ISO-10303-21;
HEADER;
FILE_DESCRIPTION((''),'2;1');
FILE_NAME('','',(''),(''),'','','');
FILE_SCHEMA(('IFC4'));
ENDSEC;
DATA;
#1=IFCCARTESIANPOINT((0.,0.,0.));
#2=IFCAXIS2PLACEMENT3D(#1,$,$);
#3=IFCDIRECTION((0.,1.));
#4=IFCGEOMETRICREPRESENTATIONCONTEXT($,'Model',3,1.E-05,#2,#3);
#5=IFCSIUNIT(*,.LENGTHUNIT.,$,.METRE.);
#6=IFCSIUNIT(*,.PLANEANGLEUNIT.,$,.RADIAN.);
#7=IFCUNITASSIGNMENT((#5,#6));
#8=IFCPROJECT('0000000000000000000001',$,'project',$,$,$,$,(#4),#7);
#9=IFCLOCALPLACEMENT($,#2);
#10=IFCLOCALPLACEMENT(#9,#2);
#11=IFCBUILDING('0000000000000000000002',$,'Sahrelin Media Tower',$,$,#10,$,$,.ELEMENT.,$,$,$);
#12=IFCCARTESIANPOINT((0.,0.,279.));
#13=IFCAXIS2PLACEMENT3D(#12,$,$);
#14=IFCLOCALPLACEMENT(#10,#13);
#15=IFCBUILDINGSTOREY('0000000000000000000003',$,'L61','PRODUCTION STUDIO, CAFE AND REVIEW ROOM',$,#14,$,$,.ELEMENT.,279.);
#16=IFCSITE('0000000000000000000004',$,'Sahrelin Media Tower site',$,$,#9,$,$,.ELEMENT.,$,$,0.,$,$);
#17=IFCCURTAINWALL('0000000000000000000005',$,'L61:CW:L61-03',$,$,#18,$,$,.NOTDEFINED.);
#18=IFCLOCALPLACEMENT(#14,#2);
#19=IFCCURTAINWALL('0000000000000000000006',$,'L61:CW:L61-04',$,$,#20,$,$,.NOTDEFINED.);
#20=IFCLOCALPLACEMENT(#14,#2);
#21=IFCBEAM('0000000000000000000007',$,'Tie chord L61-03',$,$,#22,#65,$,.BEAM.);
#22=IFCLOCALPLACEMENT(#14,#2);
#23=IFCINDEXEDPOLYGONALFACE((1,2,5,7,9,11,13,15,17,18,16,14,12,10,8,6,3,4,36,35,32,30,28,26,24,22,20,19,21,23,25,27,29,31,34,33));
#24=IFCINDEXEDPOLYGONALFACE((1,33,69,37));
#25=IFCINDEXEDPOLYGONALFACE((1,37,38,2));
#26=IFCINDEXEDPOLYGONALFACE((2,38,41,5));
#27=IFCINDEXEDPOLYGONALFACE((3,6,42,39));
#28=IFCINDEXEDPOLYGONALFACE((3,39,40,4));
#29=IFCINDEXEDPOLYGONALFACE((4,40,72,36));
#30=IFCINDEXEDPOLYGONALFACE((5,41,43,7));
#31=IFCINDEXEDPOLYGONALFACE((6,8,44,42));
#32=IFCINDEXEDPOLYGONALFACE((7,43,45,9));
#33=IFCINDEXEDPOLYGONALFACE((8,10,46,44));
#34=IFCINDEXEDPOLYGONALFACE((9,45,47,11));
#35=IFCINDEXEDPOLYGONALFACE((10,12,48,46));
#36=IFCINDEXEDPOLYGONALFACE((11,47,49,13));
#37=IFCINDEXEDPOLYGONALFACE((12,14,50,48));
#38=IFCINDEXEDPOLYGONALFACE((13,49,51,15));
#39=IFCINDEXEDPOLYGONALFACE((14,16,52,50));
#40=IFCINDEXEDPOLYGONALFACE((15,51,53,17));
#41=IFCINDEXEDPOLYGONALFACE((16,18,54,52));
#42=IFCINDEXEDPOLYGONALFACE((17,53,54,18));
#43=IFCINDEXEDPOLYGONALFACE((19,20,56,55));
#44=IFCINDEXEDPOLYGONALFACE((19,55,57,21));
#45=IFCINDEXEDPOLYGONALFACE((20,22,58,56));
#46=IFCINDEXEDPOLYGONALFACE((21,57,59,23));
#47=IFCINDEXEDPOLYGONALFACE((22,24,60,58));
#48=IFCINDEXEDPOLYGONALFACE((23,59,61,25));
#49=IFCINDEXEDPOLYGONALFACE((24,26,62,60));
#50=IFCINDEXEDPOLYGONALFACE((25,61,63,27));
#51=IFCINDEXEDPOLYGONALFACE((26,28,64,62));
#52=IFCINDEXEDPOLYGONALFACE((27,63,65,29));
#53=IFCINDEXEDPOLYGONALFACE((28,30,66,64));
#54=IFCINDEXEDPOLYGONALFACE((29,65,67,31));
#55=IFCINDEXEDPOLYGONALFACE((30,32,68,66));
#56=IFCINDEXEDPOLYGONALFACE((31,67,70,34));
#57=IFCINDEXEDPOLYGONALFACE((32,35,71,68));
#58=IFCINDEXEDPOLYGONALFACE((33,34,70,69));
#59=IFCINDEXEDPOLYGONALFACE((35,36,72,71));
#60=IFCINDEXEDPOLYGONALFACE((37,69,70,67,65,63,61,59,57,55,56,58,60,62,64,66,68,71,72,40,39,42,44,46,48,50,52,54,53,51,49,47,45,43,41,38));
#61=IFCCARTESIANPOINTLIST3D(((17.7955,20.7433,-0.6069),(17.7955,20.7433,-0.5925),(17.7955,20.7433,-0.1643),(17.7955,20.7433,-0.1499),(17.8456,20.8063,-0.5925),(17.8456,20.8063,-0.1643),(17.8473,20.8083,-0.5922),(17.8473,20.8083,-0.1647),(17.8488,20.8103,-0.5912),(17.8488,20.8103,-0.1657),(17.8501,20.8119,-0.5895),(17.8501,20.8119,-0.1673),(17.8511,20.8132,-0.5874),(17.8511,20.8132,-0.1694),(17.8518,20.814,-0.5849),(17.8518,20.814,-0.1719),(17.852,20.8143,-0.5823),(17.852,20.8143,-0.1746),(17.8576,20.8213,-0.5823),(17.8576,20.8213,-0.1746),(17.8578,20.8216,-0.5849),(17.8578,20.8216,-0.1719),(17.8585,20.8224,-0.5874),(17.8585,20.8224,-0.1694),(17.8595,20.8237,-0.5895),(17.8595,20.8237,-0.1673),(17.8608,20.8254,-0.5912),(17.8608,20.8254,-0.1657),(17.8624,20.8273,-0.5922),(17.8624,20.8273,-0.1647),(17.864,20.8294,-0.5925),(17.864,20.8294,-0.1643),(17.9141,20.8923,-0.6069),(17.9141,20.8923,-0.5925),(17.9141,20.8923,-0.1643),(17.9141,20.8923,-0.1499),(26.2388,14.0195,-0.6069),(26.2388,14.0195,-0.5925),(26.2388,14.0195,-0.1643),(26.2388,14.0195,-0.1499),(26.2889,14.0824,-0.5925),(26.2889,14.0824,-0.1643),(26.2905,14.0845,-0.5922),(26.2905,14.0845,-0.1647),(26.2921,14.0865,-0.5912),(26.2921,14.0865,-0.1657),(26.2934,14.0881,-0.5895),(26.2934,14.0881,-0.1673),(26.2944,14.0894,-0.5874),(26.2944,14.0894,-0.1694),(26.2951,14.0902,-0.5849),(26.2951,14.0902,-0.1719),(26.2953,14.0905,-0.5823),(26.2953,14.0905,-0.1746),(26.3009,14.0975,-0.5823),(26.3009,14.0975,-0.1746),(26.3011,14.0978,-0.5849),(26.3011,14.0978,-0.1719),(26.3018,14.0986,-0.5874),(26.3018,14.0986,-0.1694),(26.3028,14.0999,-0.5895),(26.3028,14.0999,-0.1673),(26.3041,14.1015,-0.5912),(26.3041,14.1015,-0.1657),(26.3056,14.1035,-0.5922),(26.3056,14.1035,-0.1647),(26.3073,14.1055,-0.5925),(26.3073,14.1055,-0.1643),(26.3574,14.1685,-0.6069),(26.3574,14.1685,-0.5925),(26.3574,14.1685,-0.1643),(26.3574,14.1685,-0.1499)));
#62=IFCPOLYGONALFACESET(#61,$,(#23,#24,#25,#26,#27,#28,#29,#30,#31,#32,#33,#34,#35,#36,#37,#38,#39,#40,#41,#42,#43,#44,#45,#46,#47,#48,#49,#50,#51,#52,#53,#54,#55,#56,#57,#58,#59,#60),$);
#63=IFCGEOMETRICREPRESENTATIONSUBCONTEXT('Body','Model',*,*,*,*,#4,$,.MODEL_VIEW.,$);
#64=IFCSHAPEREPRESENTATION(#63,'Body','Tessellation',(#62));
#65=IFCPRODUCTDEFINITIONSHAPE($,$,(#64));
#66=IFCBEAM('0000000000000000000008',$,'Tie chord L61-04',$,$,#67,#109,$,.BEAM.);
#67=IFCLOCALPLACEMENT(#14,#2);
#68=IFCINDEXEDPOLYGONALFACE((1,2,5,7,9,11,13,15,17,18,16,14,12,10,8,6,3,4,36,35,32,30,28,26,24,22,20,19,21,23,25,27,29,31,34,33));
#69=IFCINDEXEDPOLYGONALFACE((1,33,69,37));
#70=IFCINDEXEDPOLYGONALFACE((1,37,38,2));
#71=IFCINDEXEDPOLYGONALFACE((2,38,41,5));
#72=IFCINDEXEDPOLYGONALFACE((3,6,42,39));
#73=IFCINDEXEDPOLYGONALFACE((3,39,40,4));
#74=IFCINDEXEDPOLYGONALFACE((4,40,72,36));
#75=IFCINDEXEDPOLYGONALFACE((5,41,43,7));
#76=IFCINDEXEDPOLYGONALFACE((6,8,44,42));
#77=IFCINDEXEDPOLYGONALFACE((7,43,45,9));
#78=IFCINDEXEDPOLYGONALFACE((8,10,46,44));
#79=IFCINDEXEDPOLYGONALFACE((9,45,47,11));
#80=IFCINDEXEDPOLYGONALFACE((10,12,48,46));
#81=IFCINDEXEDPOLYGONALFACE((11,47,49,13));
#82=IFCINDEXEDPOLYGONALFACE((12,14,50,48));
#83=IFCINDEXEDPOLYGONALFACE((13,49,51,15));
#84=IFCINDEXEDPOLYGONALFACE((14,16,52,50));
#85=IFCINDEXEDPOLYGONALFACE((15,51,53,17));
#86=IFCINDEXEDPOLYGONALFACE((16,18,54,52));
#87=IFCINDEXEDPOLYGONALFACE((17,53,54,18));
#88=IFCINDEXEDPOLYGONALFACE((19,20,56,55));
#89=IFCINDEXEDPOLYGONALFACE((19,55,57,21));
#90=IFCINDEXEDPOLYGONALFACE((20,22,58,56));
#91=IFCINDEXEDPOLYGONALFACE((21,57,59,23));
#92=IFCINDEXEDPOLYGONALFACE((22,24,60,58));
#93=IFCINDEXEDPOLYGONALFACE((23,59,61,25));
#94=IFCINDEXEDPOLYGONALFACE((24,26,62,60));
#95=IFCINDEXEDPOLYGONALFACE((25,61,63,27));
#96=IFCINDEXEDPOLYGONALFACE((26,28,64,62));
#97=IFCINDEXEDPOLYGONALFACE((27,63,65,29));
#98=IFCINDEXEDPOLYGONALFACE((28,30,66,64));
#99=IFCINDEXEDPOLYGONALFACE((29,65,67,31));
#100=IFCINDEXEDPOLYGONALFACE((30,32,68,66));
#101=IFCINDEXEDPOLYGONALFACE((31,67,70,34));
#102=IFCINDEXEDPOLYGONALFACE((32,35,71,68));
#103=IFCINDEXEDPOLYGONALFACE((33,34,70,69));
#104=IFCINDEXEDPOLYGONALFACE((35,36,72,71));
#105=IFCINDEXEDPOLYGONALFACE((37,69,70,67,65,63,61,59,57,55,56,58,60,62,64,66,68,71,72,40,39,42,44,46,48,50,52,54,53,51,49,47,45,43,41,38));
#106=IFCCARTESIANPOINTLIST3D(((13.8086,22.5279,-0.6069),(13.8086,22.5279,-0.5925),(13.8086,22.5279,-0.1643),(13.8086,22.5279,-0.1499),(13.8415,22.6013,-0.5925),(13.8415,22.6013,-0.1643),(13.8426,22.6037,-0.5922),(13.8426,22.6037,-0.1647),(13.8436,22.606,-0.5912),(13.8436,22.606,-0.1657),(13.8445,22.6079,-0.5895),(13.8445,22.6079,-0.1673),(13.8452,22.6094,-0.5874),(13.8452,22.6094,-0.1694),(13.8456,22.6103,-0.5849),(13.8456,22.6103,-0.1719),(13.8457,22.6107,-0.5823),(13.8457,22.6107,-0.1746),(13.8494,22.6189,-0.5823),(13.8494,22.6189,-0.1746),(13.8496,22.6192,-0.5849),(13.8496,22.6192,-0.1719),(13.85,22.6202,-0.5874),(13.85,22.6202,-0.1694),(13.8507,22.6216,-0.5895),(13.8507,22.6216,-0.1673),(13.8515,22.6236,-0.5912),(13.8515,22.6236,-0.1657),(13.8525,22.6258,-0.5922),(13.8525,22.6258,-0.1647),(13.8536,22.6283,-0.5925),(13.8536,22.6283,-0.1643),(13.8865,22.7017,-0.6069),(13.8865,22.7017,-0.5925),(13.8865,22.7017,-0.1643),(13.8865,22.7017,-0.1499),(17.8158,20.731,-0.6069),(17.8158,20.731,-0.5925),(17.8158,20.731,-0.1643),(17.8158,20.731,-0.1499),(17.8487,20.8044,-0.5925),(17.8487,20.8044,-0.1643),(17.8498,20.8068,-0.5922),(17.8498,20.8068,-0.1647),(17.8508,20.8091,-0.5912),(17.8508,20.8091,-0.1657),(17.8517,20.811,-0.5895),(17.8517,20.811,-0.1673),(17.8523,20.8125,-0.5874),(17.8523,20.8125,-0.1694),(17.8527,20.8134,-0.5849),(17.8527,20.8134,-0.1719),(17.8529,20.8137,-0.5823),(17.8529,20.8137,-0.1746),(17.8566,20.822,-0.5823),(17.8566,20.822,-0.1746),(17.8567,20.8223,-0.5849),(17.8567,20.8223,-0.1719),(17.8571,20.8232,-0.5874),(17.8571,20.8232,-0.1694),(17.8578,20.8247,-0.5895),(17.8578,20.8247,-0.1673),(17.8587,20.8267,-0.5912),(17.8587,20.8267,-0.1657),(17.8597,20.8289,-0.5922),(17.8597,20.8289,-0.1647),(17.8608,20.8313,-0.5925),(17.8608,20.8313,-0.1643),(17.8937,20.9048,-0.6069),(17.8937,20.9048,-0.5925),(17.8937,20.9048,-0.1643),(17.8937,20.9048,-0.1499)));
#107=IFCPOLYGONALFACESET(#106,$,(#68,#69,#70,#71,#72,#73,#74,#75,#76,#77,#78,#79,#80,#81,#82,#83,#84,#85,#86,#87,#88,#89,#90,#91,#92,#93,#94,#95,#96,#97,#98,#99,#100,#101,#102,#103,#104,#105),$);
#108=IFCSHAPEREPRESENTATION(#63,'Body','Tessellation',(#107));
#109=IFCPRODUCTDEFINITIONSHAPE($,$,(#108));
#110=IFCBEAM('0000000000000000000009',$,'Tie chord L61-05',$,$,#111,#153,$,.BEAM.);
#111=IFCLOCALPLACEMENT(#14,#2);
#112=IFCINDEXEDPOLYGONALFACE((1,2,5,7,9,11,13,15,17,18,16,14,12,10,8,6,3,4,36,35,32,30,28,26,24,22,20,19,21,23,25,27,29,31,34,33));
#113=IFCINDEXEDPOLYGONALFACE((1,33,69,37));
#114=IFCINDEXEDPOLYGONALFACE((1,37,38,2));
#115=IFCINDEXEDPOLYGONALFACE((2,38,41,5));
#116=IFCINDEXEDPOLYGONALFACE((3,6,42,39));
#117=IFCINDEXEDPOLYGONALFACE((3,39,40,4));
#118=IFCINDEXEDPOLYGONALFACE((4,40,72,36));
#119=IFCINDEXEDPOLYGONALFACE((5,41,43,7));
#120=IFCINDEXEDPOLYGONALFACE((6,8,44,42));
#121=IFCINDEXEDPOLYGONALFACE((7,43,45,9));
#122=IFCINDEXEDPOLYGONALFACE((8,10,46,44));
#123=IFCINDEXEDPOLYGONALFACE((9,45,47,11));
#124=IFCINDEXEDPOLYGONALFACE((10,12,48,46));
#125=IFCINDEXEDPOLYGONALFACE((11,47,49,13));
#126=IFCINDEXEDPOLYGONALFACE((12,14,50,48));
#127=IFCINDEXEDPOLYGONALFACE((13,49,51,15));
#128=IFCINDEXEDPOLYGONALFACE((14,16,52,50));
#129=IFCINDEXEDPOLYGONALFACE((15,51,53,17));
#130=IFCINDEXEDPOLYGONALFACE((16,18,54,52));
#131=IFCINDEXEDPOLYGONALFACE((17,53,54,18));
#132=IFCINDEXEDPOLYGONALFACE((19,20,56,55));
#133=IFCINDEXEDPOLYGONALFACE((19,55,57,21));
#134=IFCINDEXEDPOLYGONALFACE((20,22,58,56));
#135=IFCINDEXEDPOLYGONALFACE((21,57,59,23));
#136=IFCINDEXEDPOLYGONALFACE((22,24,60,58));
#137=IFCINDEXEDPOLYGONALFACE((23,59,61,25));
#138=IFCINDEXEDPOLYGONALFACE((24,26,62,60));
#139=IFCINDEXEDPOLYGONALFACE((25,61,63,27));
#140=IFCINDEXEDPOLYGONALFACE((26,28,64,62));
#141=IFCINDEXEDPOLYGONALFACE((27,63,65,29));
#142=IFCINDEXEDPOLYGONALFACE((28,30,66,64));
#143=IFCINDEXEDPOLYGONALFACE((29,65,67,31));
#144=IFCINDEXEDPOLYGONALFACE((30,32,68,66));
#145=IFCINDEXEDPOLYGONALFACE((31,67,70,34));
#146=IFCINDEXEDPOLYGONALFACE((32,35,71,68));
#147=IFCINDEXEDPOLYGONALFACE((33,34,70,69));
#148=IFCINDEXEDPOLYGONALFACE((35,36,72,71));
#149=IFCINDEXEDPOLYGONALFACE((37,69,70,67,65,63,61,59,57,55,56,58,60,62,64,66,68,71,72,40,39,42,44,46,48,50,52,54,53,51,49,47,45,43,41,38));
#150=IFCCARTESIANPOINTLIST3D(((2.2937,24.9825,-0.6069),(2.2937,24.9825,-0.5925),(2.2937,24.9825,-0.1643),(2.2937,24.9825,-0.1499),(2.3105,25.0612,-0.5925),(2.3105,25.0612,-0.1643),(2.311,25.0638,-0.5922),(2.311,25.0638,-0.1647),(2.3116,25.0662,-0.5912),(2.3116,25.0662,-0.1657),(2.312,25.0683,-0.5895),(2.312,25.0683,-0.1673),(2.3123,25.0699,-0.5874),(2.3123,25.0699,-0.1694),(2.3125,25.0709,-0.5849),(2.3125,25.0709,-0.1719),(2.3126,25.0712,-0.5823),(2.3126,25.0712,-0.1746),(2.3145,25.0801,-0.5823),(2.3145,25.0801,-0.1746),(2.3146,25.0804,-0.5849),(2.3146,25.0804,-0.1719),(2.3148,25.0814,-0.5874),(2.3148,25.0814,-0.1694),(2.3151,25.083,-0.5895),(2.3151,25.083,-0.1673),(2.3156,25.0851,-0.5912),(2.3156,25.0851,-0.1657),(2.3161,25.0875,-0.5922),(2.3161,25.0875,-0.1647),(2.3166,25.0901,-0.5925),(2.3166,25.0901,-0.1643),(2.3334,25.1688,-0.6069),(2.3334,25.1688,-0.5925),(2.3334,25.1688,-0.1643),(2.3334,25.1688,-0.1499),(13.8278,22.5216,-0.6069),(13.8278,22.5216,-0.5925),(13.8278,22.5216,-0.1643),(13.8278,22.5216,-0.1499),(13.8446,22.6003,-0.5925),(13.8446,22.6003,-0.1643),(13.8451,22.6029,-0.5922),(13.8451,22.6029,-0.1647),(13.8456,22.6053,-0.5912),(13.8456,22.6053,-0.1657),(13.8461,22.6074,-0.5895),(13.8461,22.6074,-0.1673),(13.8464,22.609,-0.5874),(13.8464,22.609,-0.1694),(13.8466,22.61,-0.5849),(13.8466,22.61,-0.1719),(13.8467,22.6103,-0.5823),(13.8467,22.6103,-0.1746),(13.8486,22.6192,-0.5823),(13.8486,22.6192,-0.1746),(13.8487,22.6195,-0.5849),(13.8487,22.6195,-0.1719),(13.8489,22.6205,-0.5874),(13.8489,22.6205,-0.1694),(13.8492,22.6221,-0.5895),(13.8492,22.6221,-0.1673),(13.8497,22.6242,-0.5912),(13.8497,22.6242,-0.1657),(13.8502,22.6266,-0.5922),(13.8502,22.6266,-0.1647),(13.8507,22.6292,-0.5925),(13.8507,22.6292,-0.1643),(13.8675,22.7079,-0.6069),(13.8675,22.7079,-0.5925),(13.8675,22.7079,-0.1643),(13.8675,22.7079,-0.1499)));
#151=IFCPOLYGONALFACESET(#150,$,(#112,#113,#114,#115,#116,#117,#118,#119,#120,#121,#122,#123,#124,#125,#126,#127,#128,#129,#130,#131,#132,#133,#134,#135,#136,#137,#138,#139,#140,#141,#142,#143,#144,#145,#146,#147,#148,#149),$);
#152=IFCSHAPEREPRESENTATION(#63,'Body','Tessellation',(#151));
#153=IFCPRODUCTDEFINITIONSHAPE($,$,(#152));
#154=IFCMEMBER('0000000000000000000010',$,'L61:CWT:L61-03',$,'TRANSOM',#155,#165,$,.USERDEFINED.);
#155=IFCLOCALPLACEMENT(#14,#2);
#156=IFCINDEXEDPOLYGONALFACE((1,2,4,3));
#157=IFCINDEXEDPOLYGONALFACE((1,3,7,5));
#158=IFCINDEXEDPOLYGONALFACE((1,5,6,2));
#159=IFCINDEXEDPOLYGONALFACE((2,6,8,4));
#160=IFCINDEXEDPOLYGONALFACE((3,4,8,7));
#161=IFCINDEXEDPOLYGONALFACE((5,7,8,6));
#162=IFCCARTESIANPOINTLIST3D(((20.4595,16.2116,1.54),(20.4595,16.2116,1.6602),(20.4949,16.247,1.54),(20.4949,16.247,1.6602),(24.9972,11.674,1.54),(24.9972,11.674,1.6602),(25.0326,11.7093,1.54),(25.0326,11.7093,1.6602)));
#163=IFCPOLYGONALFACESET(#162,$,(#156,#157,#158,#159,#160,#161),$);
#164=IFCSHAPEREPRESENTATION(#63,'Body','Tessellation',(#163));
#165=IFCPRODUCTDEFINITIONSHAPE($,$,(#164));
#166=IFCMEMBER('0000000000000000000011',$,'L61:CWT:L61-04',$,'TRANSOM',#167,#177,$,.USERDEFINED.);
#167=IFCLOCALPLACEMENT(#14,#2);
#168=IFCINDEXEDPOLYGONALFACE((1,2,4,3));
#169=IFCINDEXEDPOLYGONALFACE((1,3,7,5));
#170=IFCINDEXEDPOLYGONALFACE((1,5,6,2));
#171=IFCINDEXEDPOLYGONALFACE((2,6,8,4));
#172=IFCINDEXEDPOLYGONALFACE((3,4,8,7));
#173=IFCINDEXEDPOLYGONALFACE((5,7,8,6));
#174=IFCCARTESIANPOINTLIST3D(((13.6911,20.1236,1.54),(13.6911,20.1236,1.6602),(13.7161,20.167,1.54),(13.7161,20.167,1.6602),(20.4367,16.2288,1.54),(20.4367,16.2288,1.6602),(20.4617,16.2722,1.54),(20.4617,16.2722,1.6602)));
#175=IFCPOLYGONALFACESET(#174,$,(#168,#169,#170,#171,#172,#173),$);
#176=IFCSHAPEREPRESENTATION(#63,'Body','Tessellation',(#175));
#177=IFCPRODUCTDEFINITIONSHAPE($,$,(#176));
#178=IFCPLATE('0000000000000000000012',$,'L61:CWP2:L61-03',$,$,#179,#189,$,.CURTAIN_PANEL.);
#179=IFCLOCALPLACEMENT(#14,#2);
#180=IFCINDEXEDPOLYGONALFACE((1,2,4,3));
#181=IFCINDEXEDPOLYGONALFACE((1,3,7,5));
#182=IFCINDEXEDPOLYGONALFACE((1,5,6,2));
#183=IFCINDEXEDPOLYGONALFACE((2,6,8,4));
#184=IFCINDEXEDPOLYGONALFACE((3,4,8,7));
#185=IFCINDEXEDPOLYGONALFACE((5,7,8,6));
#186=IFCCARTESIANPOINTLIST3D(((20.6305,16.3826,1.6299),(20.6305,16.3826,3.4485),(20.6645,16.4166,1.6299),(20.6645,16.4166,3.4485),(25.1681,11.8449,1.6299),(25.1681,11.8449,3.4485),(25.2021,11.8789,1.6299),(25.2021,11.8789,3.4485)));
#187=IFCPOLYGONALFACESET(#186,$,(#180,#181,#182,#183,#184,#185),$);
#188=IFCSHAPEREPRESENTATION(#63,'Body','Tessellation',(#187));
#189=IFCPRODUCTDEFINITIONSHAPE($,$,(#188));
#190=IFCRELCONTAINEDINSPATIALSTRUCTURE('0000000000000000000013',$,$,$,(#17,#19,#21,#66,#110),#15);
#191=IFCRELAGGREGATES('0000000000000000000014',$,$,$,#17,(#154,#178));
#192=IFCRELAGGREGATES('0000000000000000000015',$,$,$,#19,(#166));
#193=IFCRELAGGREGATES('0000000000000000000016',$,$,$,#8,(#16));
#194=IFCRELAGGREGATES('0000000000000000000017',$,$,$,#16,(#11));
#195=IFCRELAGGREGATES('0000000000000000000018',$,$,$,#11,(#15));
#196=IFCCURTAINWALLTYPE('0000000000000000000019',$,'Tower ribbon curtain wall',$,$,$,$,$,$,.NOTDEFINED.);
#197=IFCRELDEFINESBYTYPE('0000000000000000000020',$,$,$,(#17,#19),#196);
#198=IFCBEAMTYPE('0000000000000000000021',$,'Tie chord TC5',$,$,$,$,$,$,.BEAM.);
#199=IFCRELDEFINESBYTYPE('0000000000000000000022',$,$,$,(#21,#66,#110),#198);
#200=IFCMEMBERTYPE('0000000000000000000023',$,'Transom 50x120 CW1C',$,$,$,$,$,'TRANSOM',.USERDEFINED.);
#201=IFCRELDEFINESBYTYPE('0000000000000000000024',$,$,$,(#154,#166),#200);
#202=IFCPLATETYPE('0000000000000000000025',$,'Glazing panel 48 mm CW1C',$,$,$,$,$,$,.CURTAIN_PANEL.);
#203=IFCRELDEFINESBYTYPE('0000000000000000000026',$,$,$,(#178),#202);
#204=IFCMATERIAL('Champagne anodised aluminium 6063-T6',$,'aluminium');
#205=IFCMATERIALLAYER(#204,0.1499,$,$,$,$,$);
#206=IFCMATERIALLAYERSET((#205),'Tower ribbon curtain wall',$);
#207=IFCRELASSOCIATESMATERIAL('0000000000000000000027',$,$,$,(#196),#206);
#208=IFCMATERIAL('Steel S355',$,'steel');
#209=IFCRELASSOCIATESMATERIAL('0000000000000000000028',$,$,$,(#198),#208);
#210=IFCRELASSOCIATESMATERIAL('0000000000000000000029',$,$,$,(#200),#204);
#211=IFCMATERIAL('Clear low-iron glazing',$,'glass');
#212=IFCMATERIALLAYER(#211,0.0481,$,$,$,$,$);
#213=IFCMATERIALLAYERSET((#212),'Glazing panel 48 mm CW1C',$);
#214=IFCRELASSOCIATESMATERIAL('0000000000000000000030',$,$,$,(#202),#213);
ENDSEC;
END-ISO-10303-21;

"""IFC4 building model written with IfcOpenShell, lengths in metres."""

from ifc_helpers import new_model, si_unit, direction, frame, origin, origin_2d, place, context, subcontext, project, spatial, polyline, rectangle, i_section, outline, extrude, material, layer, layer_set, material_profile, profile_set, type_object, element, aggregate, save


model = new_model("IFC4")

# Units and contexts
model_context = context("Model", 3, precision=1e-05, world=origin(), true_north=direction((0.0, 1.0)))
body_context = subcontext(model_context, "Body", "Model", "MODEL_VIEW")
ifc_project = project(units=[si_unit("LENGTHUNIT", "METRE"), si_unit("PLANEANGLEUNIT", "RADIAN")], contexts=[model_context])

# Site, building, storey
site_placement = place(None, origin())
site = spatial("IfcSite", under=ifc_project, at=site_placement, Name="Sahrelin Media Tower site", CompositionType="ELEMENT", RefElevation=0.0)
building_placement = place(site_placement, origin())
building = spatial("IfcBuilding", under=site, at=building_placement, Name="Sahrelin Media Tower", CompositionType="ELEMENT")
storey_placement = place(building_placement, frame((0.0, 0.0, 279.0)))
storey = spatial("IfcBuildingStorey", under=building, at=storey_placement, Name="L61", Description="PRODUCTION STUDIO, CAFE AND REVIEW ROOM", CompositionType="ELEMENT", Elevation=279.0)

# Shared definitions
ifc_material_1 = material(Name="Steel S355", Category="steel")

# Curtain walls
ifc_material_2 = material(Name="Champagne anodised aluminium 6063-T6", Category="aluminium")
ifc_layer_1 = layer(ifc_material_2, 0.1499)
ifc_layer_set_1 = layer_set([ifc_layer_1], Name="Tower ribbon curtain wall")
curtain_wall_type = type_object("IfcCurtainWallType", Name="Tower ribbon curtain wall", PredefinedType="NOTDEFINED", material=ifc_layer_set_1)
curtain_wall_1_placement = place(storey_placement, frame((22.9192, 14.1335, 0.0), z_axis=(0.0, 0.0, 1.0), x_axis=(1.0, 0.0, 0.0)))
curtain_wall_1 = element("IfcCurtainWall", 1, at=curtain_wall_1_placement, inside=storey, type_object=curtain_wall_type, Name="L61:CW:L61-03", PredefinedType="NOTDEFINED")
curtain_wall_2_placement = place(storey_placement, frame((17.199, 18.4102, 0.0), z_axis=(0.0, 0.0, 1.0), x_axis=(1.0, 0.0, 0.0)))
curtain_wall_2 = element("IfcCurtainWall", 2, at=curtain_wall_2_placement, inside=storey, type_object=curtain_wall_type, Name="L61:CW:L61-04", PredefinedType="NOTDEFINED")

# Beams
ifc_material_profile_1 = material_profile(ifc_material_1, i_section(OverallWidth=0.1904, OverallDepth=0.457, WebThickness=0.009, FlangeThickness=0.0144, FilletRadius=0.0103, at=origin_2d()), Name="UB 457x191x74")
ifc_profile_set_1 = profile_set([ifc_material_profile_1], Name="Steel S355")
beam_type_1 = type_object("IfcBeamType", Name="Tie chord TC5", PredefinedType="BEAM", material=ifc_profile_set_1)
beam_1_placement = place(storey_placement, frame((26.2981, 14.094, -0.3784), z_axis=(-0.782259, 0.622953, 0.0), x_axis=(-0.622953, -0.782259, 0.0)))
element("IfcBeam", 3, at=beam_1_placement, inside=storey, type_object=beam_type_1, Name="Tie chord L61-03", PredefinedType="BEAM", context=body_context, shape_type="SweptSolid", body=[
    extrude(i_section(OverallWidth=0.1904, OverallDepth=0.457, WebThickness=0.009, FlangeThickness=0.0144, FilletRadius=0.0103, at=origin_2d()), origin(), (0.0, 0.0, 1.0), 10.7935),
])
beam_2_placement = place(storey_placement, frame((17.8547, 20.8179, -0.3784), z_axis=(-0.912459, 0.409169, 0.0), x_axis=(-0.409169, -0.912459, 0.0)))
element("IfcBeam", 4, at=beam_2_placement, inside=storey, type_object=beam_type_1, Name="Tie chord L61-04", PredefinedType="BEAM", context=body_context, shape_type="SweptSolid", body=[
    extrude(i_section(OverallWidth=0.1904, OverallDepth=0.457, WebThickness=0.009, FlangeThickness=0.0144, FilletRadius=0.0103, at=origin_2d()), origin(), (0.0, 0.0, 1.0), 4.3916),
])
beam_3_placement = place(storey_placement, frame((13.8477, 22.6147, -0.3784), z_axis=(-0.977987, 0.208664, 0.0), x_axis=(-0.208664, -0.977987, 0.0)))
element("IfcBeam", 5, at=beam_3_placement, inside=storey, type_object=beam_type_1, Name="Tie chord L61-05", PredefinedType="BEAM", context=body_context, shape_type="SweptSolid", body=[
    extrude(i_section(OverallWidth=0.1904, OverallDepth=0.457, WebThickness=0.009, FlangeThickness=0.0144, FilletRadius=0.0103, at=origin_2d()), origin(), (0.0, 0.0, 1.0), 11.7937),
])

# Members
ifc_material_profile_2 = material_profile(ifc_material_2, rectangle(XDim=0.05, YDim=0.1201, at=origin_2d()), Name="Transom 50x120")
ifc_profile_set_2 = profile_set([ifc_material_profile_2], Name="Champagne anodised aluminium 6063-T6")
member_type_1 = type_object("IfcMemberType", Name="Transom 50x120 CW1C", ElementType="TRANSOM", PredefinedType="USERDEFINED", material=ifc_profile_set_2)
member_1_placement = place(storey_placement, frame((25.0149, 11.6917, 1.6001), z_axis=(-0.707107, 0.707107, 0.0), x_axis=(-0.707107, -0.707107, 0.0)))
member_1 = element("IfcMember", 6, at=member_1_placement, type_object=member_type_1, Name="L61:CWT:L61-03", ObjectType="TRANSOM", PredefinedType="USERDEFINED", context=body_context, shape_type="SweptSolid", body=[
    extrude(rectangle(XDim=0.05, YDim=0.1201, at=origin_2d()), origin(), (0.0, 0.0, 1.0), 6.4172),
])
member_2_placement = place(storey_placement, frame((20.4492, 16.2505, 1.6001), z_axis=(-0.866014, 0.500019, 0.0), x_axis=(-0.500019, -0.866014, 0.0)))
member_2 = element("IfcMember", 7, at=member_2_placement, type_object=member_type_1, Name="L61:CWT:L61-04", ObjectType="TRANSOM", PredefinedType="USERDEFINED", context=body_context, shape_type="SweptSolid", body=[
    extrude(rectangle(XDim=0.05, YDim=0.1201, at=origin_2d()), origin(), (0.0, 0.0, 1.0), 7.7893),
])

# Plate
ifc_material_3 = material(Name="Clear low-iron glazing", Category="glass")
ifc_layer_2 = layer(ifc_material_3, 0.0481)
ifc_layer_set_2 = layer_set([ifc_layer_2], Name="Glazing panel 48 mm CW1C")
plate_type_1 = type_object("IfcPlateType", Name="Glazing panel 48 mm CW1C", PredefinedType="CURTAIN_PANEL", material=ifc_layer_set_2)
plate_1_placement = place(storey_placement, frame((25.2021, 11.8789, 1.6299), z_axis=(0.707107, 0.707107, 0.0), x_axis=(-0.707107, 0.707107, 0.0)))
plate_1 = element("IfcPlate", 8, at=plate_1_placement, type_object=plate_type_1, Name="L61:CWP2:L61-03", PredefinedType="CURTAIN_PANEL", context=body_context, shape_type="SweptSolid", body=[
    extrude(outline(polyline([(0.0, 0.0), (6.4172, 0.0), (6.4172, 1.8186), (0.0, 1.8186), (0.0, 0.0)])), origin(), (0.0, 0.0, -1.0), 0.0481),
])

aggregate(curtain_wall_1, [member_1, plate_1])
aggregate(curtain_wall_2, [member_2])

save(model, "model.ifc")
